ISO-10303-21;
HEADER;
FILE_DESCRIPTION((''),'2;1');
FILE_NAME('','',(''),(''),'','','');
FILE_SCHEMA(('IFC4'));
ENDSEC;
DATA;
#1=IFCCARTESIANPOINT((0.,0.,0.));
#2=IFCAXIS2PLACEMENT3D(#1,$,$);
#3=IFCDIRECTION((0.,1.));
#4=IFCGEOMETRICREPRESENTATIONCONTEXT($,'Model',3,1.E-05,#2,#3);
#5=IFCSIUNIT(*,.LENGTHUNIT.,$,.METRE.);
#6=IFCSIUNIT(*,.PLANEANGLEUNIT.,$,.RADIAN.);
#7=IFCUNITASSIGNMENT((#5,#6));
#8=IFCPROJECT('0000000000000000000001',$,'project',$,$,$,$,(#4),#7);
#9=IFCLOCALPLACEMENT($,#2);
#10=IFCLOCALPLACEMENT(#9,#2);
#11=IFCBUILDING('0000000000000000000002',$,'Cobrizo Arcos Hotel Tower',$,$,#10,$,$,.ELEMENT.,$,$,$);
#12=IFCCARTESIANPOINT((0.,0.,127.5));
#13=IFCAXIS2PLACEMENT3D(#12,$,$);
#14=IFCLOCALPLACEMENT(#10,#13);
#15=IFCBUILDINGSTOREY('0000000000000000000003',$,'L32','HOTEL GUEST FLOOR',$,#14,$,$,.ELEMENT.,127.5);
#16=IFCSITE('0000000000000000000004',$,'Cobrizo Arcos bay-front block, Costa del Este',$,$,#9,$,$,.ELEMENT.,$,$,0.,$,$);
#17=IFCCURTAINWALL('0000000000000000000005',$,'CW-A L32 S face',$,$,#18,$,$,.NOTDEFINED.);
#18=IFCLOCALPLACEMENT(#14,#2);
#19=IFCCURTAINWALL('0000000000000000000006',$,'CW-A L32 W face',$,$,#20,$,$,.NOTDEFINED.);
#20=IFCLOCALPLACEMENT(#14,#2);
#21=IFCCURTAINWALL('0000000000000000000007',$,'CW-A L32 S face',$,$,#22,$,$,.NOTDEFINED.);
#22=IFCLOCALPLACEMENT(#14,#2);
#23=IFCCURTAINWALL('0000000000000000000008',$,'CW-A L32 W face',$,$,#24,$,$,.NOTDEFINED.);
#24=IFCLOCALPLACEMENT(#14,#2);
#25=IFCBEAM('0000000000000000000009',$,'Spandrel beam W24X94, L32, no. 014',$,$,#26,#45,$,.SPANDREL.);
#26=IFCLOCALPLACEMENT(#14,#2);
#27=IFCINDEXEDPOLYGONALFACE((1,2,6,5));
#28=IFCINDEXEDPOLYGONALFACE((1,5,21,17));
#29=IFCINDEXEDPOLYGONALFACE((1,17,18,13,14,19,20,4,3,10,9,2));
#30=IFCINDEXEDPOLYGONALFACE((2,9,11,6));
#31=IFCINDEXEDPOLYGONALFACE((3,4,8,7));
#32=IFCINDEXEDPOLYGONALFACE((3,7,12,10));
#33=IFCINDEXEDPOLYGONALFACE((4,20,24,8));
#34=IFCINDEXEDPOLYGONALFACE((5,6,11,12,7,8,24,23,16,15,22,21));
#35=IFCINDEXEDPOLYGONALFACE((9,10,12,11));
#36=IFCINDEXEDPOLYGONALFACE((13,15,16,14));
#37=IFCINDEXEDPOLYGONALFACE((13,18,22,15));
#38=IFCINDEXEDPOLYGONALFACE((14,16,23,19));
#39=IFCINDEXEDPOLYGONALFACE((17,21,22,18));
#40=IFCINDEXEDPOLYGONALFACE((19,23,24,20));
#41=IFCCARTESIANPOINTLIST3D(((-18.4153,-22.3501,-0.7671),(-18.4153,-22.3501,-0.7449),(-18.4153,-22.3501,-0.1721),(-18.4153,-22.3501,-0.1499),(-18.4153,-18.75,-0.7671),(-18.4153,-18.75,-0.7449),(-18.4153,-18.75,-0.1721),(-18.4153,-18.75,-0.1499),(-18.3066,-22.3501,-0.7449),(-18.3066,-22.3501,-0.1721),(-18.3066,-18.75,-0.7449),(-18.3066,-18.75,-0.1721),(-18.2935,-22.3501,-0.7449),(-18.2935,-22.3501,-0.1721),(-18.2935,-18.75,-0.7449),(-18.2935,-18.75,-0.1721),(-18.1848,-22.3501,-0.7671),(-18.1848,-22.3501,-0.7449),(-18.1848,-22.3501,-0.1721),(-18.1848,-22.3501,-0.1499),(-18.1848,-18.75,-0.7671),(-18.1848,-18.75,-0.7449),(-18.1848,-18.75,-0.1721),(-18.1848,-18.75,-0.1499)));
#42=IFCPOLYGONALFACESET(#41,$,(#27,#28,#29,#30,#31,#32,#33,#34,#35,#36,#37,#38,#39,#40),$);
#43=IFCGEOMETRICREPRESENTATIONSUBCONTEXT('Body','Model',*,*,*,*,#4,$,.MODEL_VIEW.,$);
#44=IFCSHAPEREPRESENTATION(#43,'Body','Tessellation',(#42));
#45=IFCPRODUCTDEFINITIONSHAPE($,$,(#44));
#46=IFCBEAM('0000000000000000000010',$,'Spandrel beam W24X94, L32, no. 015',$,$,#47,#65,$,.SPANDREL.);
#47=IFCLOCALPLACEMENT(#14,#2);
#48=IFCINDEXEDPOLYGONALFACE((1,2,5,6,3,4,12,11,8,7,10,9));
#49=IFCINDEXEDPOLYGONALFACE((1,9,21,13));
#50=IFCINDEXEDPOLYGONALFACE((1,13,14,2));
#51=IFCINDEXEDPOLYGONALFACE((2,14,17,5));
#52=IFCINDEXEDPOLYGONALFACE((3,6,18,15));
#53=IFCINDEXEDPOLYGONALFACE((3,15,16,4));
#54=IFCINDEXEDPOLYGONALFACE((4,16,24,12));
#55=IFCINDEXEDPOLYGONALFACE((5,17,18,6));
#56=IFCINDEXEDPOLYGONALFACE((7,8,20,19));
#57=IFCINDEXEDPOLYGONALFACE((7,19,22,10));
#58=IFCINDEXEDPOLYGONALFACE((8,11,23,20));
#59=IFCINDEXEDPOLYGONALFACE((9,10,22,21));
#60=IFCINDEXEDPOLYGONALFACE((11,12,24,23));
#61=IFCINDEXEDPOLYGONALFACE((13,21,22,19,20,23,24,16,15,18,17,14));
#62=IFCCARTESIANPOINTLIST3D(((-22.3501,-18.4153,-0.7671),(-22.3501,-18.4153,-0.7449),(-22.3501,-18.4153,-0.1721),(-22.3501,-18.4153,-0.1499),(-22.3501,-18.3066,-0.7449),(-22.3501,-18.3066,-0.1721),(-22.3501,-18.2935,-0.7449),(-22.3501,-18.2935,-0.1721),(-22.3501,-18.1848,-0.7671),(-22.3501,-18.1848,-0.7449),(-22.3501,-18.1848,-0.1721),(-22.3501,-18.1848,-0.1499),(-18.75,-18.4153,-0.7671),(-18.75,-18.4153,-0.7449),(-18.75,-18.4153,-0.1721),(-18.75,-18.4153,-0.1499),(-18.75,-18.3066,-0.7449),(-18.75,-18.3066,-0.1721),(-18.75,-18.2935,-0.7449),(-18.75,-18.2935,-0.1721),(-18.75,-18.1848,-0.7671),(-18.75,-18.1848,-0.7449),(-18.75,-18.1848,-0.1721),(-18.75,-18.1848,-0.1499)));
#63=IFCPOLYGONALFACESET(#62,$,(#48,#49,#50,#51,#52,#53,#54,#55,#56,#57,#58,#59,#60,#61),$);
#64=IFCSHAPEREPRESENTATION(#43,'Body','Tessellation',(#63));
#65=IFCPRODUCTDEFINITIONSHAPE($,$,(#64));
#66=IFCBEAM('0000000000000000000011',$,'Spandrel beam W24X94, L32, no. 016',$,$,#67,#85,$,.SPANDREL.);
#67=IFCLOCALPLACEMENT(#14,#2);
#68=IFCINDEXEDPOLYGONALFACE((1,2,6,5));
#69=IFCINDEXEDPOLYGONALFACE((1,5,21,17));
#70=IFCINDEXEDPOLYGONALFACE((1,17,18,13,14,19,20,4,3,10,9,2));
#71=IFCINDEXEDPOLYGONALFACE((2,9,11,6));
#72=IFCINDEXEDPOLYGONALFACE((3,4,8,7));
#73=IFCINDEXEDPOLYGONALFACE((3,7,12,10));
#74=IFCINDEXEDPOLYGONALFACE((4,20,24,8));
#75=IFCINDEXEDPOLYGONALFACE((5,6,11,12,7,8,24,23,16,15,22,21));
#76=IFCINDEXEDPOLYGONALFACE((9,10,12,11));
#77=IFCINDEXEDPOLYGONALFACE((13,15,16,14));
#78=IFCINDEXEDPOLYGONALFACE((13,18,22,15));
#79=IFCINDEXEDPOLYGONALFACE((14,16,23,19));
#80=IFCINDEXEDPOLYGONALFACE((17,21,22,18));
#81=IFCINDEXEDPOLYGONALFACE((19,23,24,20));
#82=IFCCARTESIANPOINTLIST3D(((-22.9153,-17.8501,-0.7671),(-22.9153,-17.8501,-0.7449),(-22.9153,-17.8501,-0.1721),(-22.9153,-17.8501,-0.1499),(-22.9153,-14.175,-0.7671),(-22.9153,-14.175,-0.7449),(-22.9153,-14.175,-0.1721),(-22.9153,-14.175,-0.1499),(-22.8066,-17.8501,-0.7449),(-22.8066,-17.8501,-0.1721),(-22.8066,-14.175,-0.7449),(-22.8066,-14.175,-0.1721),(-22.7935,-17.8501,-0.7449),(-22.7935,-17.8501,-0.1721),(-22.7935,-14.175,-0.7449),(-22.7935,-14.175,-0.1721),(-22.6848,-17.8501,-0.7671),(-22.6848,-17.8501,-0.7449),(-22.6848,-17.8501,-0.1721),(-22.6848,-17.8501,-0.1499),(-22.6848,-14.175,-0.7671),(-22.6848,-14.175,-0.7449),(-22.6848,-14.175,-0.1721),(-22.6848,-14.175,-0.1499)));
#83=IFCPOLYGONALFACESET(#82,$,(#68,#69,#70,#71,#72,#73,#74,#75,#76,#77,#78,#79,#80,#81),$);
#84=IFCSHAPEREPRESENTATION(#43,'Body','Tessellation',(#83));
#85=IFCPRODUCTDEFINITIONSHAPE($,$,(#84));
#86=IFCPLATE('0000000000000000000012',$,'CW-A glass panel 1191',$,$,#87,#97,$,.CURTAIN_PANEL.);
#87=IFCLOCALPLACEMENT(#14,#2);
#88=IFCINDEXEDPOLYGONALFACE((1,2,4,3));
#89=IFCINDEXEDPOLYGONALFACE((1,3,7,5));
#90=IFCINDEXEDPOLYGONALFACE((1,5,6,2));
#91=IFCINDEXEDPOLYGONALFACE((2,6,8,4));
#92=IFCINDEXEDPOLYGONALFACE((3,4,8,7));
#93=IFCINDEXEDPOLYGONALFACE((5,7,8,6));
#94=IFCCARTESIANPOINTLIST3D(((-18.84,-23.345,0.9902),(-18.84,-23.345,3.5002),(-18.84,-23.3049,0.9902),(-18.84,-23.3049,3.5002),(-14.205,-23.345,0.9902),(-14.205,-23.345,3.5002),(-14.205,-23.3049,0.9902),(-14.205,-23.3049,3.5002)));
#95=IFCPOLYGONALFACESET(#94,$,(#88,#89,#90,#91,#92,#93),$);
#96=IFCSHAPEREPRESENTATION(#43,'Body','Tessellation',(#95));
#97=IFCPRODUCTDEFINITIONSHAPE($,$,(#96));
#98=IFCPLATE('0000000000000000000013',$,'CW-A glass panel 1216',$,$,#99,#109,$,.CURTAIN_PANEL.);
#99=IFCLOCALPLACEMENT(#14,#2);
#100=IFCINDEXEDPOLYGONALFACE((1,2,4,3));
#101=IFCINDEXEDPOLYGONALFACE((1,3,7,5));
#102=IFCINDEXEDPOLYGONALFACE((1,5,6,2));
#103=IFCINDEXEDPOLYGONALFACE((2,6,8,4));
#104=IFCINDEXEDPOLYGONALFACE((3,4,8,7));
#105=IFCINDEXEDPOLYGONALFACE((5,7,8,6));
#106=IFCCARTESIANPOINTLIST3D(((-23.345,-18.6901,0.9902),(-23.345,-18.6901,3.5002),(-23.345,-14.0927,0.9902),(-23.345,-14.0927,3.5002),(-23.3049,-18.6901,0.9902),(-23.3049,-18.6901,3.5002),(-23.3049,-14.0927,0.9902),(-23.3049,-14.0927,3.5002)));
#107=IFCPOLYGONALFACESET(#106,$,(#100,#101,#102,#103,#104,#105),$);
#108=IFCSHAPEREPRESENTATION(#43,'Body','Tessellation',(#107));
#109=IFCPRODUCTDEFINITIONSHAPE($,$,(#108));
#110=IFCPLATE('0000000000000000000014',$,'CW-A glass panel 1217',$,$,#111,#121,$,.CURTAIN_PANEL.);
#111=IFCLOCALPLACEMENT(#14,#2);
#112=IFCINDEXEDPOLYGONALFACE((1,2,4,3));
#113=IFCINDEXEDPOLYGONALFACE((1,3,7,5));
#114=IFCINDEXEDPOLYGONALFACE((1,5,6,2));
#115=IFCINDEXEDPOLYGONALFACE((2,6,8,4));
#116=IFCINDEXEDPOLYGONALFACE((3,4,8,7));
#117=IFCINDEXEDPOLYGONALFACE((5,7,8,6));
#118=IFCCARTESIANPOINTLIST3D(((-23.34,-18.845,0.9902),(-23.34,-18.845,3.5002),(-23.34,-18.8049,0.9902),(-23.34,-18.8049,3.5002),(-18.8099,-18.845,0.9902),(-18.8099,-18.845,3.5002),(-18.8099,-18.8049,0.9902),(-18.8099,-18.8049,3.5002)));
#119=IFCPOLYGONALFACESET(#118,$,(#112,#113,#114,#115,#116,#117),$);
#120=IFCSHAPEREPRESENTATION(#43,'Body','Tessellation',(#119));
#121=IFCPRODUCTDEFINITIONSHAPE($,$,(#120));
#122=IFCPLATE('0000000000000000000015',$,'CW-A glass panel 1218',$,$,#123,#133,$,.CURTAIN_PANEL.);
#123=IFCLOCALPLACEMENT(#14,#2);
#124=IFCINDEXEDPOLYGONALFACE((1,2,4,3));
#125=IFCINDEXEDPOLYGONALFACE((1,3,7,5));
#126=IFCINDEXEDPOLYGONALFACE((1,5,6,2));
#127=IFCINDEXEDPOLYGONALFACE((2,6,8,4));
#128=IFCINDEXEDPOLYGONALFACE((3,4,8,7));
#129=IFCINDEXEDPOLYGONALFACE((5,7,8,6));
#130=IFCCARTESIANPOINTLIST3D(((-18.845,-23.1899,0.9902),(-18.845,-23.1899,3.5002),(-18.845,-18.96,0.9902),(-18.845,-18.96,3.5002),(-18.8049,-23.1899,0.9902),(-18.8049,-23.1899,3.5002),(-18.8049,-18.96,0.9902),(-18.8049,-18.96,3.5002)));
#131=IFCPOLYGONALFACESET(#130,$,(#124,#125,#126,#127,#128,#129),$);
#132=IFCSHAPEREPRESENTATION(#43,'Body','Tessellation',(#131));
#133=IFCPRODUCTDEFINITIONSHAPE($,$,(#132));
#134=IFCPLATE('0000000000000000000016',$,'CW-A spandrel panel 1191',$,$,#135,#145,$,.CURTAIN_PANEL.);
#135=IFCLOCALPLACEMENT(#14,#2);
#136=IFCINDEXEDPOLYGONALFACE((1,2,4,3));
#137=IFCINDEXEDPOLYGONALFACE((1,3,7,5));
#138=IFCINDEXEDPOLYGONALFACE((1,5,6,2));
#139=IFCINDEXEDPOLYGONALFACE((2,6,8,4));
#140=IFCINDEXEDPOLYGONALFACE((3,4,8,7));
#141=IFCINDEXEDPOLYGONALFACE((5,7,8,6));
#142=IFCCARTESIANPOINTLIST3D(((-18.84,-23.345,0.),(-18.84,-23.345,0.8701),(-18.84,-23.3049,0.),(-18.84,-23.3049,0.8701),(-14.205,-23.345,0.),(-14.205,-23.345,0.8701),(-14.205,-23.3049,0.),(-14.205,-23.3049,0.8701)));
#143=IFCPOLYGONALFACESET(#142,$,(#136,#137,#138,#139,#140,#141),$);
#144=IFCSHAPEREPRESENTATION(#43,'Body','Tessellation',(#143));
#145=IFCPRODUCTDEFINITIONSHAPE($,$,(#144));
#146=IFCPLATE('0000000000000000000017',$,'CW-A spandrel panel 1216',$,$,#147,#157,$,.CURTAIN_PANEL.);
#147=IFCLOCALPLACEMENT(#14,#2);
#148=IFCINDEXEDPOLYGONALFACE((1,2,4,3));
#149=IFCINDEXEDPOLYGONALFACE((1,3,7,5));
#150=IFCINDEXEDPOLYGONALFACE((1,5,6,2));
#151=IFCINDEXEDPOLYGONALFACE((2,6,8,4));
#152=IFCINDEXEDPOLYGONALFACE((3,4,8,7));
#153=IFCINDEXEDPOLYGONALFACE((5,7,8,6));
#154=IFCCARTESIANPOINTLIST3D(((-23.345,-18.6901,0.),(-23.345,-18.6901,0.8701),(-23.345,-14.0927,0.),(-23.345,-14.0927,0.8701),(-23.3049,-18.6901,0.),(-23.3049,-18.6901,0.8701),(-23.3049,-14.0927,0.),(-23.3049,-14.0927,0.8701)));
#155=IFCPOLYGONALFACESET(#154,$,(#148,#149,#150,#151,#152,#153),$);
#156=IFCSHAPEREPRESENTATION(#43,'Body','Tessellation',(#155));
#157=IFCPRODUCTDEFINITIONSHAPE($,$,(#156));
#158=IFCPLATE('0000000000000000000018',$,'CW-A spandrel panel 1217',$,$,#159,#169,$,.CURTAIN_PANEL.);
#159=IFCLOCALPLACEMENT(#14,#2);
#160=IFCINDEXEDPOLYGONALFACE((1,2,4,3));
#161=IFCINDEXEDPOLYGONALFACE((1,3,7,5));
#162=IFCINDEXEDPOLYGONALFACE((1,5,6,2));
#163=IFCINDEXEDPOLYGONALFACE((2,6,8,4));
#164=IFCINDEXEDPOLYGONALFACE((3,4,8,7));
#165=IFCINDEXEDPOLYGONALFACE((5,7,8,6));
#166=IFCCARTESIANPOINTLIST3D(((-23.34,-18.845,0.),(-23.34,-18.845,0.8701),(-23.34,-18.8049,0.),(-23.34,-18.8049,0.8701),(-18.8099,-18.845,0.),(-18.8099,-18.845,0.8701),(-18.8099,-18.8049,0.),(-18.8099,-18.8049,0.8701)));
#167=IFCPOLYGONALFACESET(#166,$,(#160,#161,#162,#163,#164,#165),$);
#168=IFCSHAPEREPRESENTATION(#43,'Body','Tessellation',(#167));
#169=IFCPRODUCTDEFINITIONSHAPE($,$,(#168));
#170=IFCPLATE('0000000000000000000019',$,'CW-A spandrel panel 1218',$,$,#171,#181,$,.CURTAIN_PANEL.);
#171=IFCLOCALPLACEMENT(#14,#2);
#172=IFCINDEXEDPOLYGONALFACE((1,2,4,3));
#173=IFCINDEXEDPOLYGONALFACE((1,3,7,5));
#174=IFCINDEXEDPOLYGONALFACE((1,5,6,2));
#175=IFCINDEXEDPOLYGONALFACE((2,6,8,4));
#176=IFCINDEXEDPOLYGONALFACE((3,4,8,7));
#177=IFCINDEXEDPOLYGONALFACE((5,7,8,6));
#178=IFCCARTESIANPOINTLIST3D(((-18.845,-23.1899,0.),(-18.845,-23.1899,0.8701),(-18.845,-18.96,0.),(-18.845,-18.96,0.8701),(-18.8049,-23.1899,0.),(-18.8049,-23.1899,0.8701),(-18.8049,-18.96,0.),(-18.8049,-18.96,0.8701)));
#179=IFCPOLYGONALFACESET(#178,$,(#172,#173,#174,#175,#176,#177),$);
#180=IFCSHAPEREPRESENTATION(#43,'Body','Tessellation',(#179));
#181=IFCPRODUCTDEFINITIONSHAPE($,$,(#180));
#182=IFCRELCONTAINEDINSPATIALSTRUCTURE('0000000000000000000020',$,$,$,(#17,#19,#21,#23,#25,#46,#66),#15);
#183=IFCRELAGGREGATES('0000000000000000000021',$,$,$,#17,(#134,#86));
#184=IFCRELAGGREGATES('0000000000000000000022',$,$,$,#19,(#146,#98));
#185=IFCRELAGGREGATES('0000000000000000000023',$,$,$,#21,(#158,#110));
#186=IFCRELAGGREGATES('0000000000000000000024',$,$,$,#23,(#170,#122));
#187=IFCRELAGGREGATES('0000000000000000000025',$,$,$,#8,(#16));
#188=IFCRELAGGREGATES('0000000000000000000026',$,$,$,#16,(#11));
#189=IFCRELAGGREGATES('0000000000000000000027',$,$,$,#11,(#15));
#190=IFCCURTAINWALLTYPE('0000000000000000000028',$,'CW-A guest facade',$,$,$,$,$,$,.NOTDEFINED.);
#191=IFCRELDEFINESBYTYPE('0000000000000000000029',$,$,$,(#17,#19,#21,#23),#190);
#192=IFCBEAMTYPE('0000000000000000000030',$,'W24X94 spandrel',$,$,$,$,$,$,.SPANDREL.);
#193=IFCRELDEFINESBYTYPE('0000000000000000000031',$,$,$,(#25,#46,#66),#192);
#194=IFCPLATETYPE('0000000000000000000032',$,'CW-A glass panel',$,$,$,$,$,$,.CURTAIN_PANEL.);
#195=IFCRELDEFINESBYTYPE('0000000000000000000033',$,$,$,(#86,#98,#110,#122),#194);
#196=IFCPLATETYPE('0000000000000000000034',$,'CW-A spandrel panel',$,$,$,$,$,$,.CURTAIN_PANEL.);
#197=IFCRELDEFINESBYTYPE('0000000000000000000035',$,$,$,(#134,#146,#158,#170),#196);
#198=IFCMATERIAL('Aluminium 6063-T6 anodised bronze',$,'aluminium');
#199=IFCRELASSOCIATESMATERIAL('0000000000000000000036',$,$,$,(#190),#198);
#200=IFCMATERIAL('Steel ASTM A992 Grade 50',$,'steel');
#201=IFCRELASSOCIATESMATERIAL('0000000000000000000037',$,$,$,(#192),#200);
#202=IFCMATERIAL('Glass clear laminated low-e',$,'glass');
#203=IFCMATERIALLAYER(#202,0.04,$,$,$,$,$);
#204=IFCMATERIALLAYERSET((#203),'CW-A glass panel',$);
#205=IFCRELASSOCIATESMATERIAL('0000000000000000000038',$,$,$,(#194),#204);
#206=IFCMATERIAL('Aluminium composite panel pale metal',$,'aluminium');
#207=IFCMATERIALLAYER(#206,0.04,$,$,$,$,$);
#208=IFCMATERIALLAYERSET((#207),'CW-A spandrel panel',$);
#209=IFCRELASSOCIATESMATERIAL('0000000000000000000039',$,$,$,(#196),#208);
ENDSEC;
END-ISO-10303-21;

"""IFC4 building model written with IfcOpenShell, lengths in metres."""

from ifc_helpers import new_model, si_unit, direction, frame, origin, origin_2d, place, context, subcontext, project, spatial, rectangle, i_section, extrude, material, layer, layer_set, material_profile, profile_set, type_object, element, aggregate, save


model = new_model("IFC4")

# Units and contexts
model_context = context("Model", 3, precision=1e-05, world=origin(), true_north=direction((0.0, 1.0)))
body_context = subcontext(model_context, "Body", "Model", "MODEL_VIEW")
ifc_project = project(units=[si_unit("LENGTHUNIT", "METRE"), si_unit("PLANEANGLEUNIT", "RADIAN")], contexts=[model_context])

# Site, building, storey
site_placement = place(None, origin())
site = spatial("IfcSite", under=ifc_project, at=site_placement, Name="Cobrizo Arcos bay-front block, Costa del Este", CompositionType="ELEMENT", RefElevation=0.0)
building_placement = place(site_placement, origin())
building = spatial("IfcBuilding", under=site, at=building_placement, Name="Cobrizo Arcos Hotel Tower", CompositionType="ELEMENT")
storey_placement = place(building_placement, frame((0.0, 0.0, 127.5)))
storey = spatial("IfcBuildingStorey", under=building, at=storey_placement, Name="L32", Description="HOTEL GUEST FLOOR", CompositionType="ELEMENT", Elevation=127.5)

# Curtain walls
ifc_material_1 = material(Name="Aluminium 6063-T6 anodised bronze", Category="aluminium")
curtain_wall_type = type_object("IfcCurtainWallType", Name="CW-A guest facade", PredefinedType="NOTDEFINED", material=ifc_material_1)
curtain_wall_1_placement = place(storey_placement, origin())
curtain_wall_1 = element("IfcCurtainWall", 1, at=curtain_wall_1_placement, inside=storey, type_object=curtain_wall_type, Name="CW-A L32 S face", PredefinedType="NOTDEFINED")
curtain_wall_2_placement = place(storey_placement, origin())
curtain_wall_2 = element("IfcCurtainWall", 2, at=curtain_wall_2_placement, inside=storey, type_object=curtain_wall_type, Name="CW-A L32 W face", PredefinedType="NOTDEFINED")

# Curtain walls
curtain_wall_3_placement = place(storey_placement, origin())
curtain_wall_3 = element("IfcCurtainWall", 3, at=curtain_wall_3_placement, inside=storey, type_object=curtain_wall_type, Name="CW-A L32 S face", PredefinedType="NOTDEFINED")
curtain_wall_4_placement = place(storey_placement, origin())
curtain_wall_4 = element("IfcCurtainWall", 4, at=curtain_wall_4_placement, inside=storey, type_object=curtain_wall_type, Name="CW-A L32 W face", PredefinedType="NOTDEFINED")

# Beams
ifc_material_2 = material(Name="Steel ASTM A992 Grade 50", Category="steel")
ifc_material_profile_1 = material_profile(ifc_material_2, i_section(OverallWidth=0.2305, OverallDepth=0.6172, WebThickness=0.0132, FlangeThickness=0.0222, at=origin_2d()), Name="W24X94")
ifc_profile_set_1 = profile_set([ifc_material_profile_1], Name="Steel ASTM A992 Grade 50")
beam_type_1 = type_object("IfcBeamType", Name="W24X94 spandrel", PredefinedType="SPANDREL", material=ifc_profile_set_1)
for number, where, z_axis, x_axis, name in (
    (5, (-18.3, -22.3501, -0.4585), (0.0, 1.0, 0.0), (-1.0, 0.0, 0.0), "Spandrel beam W24X94, L32, no. 014"),
    (6, (-18.75, -18.3, -0.4585), (-1.0, 0.0, 0.0), (0.0, -1.0, 0.0), "Spandrel beam W24X94, L32, no. 015"),
):
    element("IfcBeam", number, at=place(storey_placement, frame(where, z_axis=z_axis, x_axis=x_axis)), inside=storey, type_object=beam_type_1, Name=name, PredefinedType="SPANDREL", context=body_context, shape_type="SweptSolid", body=[
        extrude(i_section(OverallWidth=0.2305, OverallDepth=0.6172, WebThickness=0.0132, FlangeThickness=0.0222, at=origin_2d()), origin(), (0.0, 0.0, 1.0), 3.6001),
    ])
beam_1_placement = place(storey_placement, frame((-22.8, -17.8501, -0.4585), z_axis=(0.0, 1.0, 0.0), x_axis=(-1.0, 0.0, 0.0)))
element("IfcBeam", 7, at=beam_1_placement, inside=storey, type_object=beam_type_1, Name="Spandrel beam W24X94, L32, no. 016", PredefinedType="SPANDREL", context=body_context, shape_type="SweptSolid", body=[
    extrude(i_section(OverallWidth=0.2305, OverallDepth=0.6172, WebThickness=0.0132, FlangeThickness=0.0222, at=origin_2d()), origin(), (0.0, 0.0, 1.0), 3.675),
])

# Plates
ifc_material_3 = material(Name="Glass clear laminated low-e", Category="glass")
ifc_layer_1 = layer(ifc_material_3, 0.04)
ifc_layer_set_1 = layer_set([ifc_layer_1], Name="CW-A glass panel")
plate_type_1 = type_object("IfcPlateType", Name="CW-A glass panel", PredefinedType="CURTAIN_PANEL", material=ifc_layer_set_1)
plate_1_placement = place(storey_placement, frame((-16.5225, -23.325, 0.9902), z_axis=(0.0, 0.0, 1.0), x_axis=(1.0, 0.0, 0.0)))
plate_1 = element("IfcPlate", 8, at=plate_1_placement, type_object=plate_type_1, Name="CW-A glass panel 1191", PredefinedType="CURTAIN_PANEL", context=body_context, shape_type="SweptSolid", body=[
    extrude(rectangle(XDim=4.635, YDim=0.04, at=origin_2d()), origin(), (0.0, 0.0, 1.0), 2.51),
])
plate_2_placement = place(storey_placement, frame((-23.325, -16.3914, 0.9902), z_axis=(0.0, 0.0, 1.0), x_axis=(0.0, -1.0, 0.0)))
plate_2 = element("IfcPlate", 9, at=plate_2_placement, type_object=plate_type_1, Name="CW-A glass panel 1216", PredefinedType="CURTAIN_PANEL", context=body_context, shape_type="SweptSolid", body=[
    extrude(rectangle(XDim=4.5974, YDim=0.04, at=origin_2d()), origin(), (0.0, 0.0, 1.0), 2.51),
])
plate_3_placement = place(storey_placement, frame((-21.075, -18.825, 0.9902), z_axis=(0.0, 0.0, 1.0), x_axis=(1.0, 0.0, 0.0)))
plate_3 = element("IfcPlate", 10, at=plate_3_placement, type_object=plate_type_1, Name="CW-A glass panel 1217", PredefinedType="CURTAIN_PANEL", context=body_context, shape_type="SweptSolid", body=[
    extrude(rectangle(XDim=4.53, YDim=0.04, at=origin_2d()), origin(), (0.0, 0.0, 1.0), 2.51),
])
plate_4_placement = place(storey_placement, frame((-18.825, -21.075, 0.9902), z_axis=(0.0, 0.0, 1.0), x_axis=(0.0, -1.0, 0.0)))
plate_4 = element("IfcPlate", 11, at=plate_4_placement, type_object=plate_type_1, Name="CW-A glass panel 1218", PredefinedType="CURTAIN_PANEL", context=body_context, shape_type="SweptSolid", body=[
    extrude(rectangle(XDim=4.23, YDim=0.04, at=origin_2d()), origin(), (0.0, 0.0, 1.0), 2.51),
])
ifc_material_4 = material(Name="Aluminium composite panel pale metal", Category="aluminium")
ifc_layer_2 = layer(ifc_material_4, 0.04)
ifc_layer_set_2 = layer_set([ifc_layer_2], Name="CW-A spandrel panel")
plate_type_2 = type_object("IfcPlateType", Name="CW-A spandrel panel", PredefinedType="CURTAIN_PANEL", material=ifc_layer_set_2)
plate_5_placement = place(storey_placement, frame((-16.5225, -23.325, 0.0), z_axis=(0.0, 0.0, 1.0), x_axis=(1.0, 0.0, 0.0)))
plate_5 = element("IfcPlate", 12, at=plate_5_placement, type_object=plate_type_2, Name="CW-A spandrel panel 1191", PredefinedType="CURTAIN_PANEL", context=body_context, shape_type="SweptSolid", body=[
    extrude(rectangle(XDim=4.635, YDim=0.04, at=origin_2d()), origin(), (0.0, 0.0, 1.0), 0.8701),
])
aggregate(curtain_wall_1, [plate_5, plate_1])
plate_6_placement = place(storey_placement, frame((-23.325, -16.3914, 0.0), z_axis=(0.0, 0.0, 1.0), x_axis=(0.0, -1.0, 0.0)))
plate_6 = element("IfcPlate", 13, at=plate_6_placement, type_object=plate_type_2, Name="CW-A spandrel panel 1216", PredefinedType="CURTAIN_PANEL", context=body_context, shape_type="SweptSolid", body=[
    extrude(rectangle(XDim=4.5974, YDim=0.04, at=origin_2d()), origin(), (0.0, 0.0, 1.0), 0.8701),
])
aggregate(curtain_wall_2, [plate_6, plate_2])
plate_7_placement = place(storey_placement, frame((-21.075, -18.825, 0.0), z_axis=(0.0, 0.0, 1.0), x_axis=(1.0, 0.0, 0.0)))
plate_7 = element("IfcPlate", 14, at=plate_7_placement, type_object=plate_type_2, Name="CW-A spandrel panel 1217", PredefinedType="CURTAIN_PANEL", context=body_context, shape_type="SweptSolid", body=[
    extrude(rectangle(XDim=4.53, YDim=0.04, at=origin_2d()), origin(), (0.0, 0.0, 1.0), 0.8701),
])
aggregate(curtain_wall_3, [plate_7, plate_3])
plate_8_placement = place(storey_placement, frame((-18.825, -21.075, 0.0), z_axis=(0.0, 0.0, 1.0), x_axis=(0.0, -1.0, 0.0)))
plate_8 = element("IfcPlate", 15, at=plate_8_placement, type_object=plate_type_2, Name="CW-A spandrel panel 1218", PredefinedType="CURTAIN_PANEL", context=body_context, shape_type="SweptSolid", body=[
    extrude(rectangle(XDim=4.23, YDim=0.04, at=origin_2d()), origin(), (0.0, 0.0, 1.0), 0.8701),
])
aggregate(curtain_wall_4, [plate_8, plate_4])

save(model, "model.ifc")
